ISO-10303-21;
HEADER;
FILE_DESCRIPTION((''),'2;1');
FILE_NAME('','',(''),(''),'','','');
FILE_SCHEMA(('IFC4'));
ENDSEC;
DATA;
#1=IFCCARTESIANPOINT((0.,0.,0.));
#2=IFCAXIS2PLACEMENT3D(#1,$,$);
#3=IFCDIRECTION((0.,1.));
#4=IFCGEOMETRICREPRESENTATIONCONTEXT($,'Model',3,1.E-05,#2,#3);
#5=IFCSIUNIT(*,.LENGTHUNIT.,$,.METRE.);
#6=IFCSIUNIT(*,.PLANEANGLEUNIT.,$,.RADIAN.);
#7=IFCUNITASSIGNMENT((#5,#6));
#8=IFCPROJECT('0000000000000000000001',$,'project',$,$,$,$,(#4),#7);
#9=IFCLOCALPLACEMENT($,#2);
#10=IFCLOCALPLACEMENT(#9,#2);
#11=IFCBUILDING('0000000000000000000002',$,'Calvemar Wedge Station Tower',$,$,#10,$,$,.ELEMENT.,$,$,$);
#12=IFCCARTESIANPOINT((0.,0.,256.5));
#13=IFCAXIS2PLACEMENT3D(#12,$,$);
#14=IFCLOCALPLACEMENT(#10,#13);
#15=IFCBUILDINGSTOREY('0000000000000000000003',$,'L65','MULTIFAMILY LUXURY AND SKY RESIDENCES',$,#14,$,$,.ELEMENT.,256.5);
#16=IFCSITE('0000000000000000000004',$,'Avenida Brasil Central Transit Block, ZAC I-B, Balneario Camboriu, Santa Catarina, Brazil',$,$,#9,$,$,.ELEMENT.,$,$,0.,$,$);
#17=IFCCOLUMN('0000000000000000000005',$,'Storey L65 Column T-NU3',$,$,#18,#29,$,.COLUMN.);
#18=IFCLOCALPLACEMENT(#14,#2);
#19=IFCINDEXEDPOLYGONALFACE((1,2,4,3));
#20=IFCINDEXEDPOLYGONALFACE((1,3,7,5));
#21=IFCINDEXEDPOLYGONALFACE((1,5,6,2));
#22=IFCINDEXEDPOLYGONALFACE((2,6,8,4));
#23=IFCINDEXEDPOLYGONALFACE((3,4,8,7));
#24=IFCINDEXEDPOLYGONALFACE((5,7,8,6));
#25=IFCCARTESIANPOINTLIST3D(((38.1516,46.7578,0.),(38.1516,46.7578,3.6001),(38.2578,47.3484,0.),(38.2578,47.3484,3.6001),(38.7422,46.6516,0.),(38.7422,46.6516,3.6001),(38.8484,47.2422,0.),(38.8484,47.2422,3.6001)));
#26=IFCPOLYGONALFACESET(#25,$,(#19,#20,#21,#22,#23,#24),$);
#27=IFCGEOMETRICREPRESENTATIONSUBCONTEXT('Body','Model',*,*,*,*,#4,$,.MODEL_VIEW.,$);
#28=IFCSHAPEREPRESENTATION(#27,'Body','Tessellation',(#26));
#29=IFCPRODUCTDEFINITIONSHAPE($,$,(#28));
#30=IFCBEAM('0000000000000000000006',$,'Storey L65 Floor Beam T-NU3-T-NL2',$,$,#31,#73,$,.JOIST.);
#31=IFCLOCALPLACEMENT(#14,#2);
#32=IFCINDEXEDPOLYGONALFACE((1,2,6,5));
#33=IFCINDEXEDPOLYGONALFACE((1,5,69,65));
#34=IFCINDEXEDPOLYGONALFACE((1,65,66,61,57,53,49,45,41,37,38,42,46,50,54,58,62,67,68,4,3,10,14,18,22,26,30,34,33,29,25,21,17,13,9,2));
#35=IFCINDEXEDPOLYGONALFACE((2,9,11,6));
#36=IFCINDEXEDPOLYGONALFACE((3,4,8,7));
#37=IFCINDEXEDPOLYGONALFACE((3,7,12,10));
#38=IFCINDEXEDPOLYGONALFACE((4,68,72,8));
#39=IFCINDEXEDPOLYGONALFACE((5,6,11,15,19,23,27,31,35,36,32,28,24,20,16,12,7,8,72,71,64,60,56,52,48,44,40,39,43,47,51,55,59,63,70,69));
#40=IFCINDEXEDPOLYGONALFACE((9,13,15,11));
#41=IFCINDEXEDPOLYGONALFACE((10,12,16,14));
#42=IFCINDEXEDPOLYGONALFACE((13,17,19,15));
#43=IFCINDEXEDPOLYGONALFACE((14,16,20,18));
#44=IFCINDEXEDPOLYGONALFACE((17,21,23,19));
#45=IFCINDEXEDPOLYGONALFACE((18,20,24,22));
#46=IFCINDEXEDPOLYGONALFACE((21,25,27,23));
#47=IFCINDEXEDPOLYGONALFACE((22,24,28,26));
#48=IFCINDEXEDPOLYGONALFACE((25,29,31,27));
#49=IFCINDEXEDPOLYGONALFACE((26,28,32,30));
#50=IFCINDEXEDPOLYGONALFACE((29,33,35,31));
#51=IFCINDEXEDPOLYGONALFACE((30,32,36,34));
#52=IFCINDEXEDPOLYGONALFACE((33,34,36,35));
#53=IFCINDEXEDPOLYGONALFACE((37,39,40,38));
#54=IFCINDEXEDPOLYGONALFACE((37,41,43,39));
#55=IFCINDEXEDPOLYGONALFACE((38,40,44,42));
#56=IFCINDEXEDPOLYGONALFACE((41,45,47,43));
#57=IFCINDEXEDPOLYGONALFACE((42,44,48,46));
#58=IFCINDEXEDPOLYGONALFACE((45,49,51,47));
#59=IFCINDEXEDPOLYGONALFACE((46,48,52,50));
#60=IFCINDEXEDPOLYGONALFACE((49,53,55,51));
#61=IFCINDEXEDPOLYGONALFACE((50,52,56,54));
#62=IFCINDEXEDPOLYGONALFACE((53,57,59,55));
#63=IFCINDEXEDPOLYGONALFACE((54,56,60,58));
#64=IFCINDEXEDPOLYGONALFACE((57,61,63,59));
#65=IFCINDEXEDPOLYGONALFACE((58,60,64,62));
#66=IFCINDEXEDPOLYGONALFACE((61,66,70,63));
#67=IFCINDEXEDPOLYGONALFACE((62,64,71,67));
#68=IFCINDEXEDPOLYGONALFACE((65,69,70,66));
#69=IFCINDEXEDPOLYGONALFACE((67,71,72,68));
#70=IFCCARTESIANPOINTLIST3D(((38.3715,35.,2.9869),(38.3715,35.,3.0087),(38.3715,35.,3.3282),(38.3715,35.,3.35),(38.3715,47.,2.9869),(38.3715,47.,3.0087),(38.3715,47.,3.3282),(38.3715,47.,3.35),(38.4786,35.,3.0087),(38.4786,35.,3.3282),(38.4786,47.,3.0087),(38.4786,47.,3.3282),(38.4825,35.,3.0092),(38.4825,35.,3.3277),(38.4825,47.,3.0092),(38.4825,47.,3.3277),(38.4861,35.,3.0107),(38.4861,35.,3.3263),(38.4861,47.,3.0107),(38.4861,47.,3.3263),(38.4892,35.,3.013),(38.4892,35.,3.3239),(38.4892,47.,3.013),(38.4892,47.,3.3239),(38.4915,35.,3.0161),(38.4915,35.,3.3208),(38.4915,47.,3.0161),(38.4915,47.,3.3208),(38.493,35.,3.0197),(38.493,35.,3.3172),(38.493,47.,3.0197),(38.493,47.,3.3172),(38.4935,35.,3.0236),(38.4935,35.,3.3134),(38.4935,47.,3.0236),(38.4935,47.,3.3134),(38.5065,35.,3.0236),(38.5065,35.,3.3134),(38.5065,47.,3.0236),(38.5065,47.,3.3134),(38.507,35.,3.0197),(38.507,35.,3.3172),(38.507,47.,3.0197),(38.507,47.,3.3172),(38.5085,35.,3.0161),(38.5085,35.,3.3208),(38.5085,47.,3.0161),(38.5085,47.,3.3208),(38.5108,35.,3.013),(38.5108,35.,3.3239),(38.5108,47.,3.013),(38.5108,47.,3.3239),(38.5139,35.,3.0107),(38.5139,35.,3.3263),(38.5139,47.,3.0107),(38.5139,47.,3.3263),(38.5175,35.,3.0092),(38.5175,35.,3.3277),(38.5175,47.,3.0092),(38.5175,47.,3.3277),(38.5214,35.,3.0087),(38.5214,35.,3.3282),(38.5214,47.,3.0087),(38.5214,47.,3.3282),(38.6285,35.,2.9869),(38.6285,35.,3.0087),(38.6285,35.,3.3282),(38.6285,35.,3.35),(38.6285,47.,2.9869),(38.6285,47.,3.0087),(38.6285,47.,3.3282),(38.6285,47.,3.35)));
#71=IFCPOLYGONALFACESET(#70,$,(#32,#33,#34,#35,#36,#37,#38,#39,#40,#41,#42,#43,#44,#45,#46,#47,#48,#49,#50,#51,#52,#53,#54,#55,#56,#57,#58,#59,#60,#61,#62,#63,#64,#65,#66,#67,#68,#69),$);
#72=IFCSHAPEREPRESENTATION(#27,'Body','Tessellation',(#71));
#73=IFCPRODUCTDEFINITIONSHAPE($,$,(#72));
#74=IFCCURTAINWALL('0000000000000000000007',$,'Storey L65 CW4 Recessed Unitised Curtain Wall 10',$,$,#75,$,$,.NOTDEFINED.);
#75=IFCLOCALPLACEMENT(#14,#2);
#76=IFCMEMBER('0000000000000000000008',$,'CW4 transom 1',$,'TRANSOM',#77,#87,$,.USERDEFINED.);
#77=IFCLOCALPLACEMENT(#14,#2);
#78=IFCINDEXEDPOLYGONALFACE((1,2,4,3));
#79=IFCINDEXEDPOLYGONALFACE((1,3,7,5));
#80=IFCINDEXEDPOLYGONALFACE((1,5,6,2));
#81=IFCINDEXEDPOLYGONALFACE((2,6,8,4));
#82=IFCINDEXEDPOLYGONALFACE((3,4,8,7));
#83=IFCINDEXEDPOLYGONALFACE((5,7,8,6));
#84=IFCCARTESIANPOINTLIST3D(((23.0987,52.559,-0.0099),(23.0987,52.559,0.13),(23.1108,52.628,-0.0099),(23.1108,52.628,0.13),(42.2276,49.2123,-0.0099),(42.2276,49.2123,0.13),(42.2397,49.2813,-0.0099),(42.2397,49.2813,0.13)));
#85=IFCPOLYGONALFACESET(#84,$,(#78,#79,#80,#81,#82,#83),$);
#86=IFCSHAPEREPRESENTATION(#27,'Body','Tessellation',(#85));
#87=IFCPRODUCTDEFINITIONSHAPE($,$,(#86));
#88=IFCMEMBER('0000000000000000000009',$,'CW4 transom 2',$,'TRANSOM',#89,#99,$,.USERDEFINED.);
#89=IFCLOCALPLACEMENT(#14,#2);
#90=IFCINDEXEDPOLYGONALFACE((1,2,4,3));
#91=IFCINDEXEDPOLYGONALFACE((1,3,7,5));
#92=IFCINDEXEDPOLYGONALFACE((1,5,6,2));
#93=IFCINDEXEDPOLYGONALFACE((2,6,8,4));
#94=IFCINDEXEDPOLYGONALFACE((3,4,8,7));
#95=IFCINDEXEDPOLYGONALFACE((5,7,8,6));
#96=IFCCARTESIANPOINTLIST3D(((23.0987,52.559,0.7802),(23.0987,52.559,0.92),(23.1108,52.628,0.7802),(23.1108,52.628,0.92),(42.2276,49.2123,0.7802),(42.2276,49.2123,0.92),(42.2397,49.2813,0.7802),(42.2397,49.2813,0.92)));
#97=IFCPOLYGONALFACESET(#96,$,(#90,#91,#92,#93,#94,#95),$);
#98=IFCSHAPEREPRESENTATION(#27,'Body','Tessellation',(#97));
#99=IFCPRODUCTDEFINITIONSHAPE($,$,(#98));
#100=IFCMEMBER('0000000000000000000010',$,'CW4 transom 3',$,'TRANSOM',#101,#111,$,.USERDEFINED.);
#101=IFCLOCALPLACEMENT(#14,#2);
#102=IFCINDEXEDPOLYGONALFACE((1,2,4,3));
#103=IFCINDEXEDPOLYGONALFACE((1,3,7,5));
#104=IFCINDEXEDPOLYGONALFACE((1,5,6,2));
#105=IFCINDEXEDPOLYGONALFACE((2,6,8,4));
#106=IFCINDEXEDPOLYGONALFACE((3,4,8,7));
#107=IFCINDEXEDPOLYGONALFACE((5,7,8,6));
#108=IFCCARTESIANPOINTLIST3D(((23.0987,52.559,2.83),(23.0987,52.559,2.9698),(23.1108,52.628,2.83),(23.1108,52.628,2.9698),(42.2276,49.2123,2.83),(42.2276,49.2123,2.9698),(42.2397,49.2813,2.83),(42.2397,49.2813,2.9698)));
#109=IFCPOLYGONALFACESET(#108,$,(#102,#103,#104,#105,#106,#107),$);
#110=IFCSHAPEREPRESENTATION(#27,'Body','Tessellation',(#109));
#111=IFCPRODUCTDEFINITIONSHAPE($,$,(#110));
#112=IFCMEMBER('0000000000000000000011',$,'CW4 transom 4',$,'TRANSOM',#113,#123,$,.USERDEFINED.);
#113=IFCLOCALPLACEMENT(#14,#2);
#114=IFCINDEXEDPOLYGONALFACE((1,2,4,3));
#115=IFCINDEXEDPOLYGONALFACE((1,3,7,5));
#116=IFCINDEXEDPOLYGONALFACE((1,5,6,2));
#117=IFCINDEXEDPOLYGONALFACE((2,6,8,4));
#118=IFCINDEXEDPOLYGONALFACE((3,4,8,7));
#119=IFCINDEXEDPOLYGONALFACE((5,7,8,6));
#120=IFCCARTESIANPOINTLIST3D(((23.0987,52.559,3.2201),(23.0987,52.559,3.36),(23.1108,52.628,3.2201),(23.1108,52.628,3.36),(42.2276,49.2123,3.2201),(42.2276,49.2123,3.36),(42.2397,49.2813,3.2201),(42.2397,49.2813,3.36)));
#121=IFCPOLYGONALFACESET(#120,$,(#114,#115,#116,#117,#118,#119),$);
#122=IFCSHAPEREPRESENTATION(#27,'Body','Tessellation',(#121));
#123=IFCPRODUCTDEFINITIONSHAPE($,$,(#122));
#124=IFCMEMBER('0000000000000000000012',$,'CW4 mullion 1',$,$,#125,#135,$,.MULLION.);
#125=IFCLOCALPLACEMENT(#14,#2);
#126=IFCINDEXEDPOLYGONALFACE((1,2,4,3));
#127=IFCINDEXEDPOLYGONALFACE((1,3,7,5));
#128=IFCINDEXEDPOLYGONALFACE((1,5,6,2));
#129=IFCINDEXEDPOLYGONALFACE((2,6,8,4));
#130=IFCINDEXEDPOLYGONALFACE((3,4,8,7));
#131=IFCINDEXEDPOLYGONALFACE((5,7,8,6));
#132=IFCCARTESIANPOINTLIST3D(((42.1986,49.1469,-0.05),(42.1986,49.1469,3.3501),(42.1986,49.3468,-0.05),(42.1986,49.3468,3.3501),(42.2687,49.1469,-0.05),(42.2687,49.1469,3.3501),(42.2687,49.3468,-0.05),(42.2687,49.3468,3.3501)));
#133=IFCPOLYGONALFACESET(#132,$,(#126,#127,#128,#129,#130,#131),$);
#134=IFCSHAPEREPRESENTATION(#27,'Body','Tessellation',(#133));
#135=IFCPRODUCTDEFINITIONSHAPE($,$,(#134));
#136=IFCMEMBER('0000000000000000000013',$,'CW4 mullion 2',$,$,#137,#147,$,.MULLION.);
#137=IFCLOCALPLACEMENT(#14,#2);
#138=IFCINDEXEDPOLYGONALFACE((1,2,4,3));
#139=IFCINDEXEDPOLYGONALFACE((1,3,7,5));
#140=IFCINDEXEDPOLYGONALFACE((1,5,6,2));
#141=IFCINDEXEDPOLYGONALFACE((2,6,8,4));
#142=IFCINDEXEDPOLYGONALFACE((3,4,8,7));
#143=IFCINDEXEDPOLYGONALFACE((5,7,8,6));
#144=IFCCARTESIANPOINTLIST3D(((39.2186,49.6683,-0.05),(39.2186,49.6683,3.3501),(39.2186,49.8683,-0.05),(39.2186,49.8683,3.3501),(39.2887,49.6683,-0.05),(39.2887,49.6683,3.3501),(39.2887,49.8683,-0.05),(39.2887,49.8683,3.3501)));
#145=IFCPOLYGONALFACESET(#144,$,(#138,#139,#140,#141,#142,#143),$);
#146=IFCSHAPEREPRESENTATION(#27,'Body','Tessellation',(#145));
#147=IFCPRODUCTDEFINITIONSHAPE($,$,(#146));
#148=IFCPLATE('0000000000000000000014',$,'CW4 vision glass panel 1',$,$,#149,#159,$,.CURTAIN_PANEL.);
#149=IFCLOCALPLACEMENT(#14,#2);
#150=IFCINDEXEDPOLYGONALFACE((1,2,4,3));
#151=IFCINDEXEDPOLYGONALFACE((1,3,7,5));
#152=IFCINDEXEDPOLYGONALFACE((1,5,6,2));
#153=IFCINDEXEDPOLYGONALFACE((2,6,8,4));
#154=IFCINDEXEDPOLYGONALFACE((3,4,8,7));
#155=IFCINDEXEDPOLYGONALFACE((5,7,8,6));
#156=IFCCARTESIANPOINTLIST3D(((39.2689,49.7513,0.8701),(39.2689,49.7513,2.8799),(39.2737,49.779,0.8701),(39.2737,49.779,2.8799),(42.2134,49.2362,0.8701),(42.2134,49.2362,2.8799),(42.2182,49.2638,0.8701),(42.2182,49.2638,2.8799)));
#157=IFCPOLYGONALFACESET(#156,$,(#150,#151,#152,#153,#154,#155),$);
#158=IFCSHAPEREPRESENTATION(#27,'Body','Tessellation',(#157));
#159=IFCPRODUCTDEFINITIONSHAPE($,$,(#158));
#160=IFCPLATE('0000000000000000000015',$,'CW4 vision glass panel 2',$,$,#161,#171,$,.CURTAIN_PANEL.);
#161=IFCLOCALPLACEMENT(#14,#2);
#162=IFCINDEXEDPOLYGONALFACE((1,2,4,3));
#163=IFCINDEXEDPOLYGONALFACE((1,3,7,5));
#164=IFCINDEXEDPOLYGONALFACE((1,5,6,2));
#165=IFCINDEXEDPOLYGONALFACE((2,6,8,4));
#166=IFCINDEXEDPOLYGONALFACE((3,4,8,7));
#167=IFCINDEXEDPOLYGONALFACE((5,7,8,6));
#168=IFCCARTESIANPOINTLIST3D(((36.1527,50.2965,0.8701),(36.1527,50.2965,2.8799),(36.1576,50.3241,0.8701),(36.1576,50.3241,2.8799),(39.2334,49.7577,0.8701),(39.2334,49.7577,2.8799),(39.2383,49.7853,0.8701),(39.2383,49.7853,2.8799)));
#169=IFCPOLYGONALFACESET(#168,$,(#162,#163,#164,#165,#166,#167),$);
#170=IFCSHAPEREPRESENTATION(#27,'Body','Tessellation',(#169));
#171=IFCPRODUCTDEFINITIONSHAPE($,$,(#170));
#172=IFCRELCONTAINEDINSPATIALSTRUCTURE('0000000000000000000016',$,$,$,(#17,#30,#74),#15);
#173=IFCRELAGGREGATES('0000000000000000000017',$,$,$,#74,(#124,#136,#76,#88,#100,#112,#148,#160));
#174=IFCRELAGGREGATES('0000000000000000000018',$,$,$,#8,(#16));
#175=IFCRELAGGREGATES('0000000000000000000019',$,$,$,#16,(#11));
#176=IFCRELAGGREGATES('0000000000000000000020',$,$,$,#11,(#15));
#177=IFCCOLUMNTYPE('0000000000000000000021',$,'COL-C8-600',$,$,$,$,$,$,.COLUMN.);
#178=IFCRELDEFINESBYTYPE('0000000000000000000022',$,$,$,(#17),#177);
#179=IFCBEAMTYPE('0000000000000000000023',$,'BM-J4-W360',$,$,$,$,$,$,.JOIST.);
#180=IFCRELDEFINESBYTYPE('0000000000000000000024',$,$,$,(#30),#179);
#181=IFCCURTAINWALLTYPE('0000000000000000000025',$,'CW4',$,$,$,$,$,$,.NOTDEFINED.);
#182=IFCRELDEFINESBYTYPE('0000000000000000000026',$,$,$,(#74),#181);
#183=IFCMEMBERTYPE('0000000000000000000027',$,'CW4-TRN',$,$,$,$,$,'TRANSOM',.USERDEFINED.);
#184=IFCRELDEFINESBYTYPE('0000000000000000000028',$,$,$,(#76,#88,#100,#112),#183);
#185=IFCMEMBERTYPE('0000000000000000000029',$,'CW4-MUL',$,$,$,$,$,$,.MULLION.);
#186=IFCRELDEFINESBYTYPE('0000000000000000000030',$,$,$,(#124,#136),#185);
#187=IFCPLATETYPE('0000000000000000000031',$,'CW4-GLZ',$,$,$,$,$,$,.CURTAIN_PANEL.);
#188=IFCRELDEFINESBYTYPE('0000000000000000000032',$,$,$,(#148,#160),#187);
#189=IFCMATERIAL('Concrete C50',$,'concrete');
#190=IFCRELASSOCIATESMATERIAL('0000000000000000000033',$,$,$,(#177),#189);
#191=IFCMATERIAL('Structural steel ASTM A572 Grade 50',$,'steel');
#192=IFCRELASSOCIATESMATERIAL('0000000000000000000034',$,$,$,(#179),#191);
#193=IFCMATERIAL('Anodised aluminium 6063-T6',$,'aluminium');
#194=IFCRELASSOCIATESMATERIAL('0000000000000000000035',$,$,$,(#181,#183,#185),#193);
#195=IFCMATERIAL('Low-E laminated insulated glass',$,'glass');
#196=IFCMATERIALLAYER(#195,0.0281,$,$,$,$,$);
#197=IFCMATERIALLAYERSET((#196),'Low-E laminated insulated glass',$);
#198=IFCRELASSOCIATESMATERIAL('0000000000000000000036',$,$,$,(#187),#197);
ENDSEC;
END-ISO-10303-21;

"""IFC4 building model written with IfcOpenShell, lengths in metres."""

from ifc_helpers import new_model, si_unit, direction, frame, frame_2d, origin, origin_2d, place, context, subcontext, project, spatial, rectangle, i_section, extrude, source, transform, mapped, material, layer, layer_set, material_profile, profile_set, type_object, element, aggregate, save


model = new_model("IFC4")

# Units and contexts
model_context = context("Model", 3, precision=1e-05, world=origin(), true_north=direction((0.0, 1.0)))
body_context = subcontext(model_context, "Body", "Model", "MODEL_VIEW")
ifc_project = project(units=[si_unit("LENGTHUNIT", "METRE"), si_unit("PLANEANGLEUNIT", "RADIAN")], contexts=[model_context])

# Site, building, storey
site_placement = place(None, origin())
site = spatial("IfcSite", under=ifc_project, at=site_placement, Name="Avenida Brasil Central Transit Block, ZAC I-B, Balneario Camboriu, Santa Catarina, Brazil", CompositionType="ELEMENT", RefElevation=0.0)
building_placement = place(site_placement, origin())
building = spatial("IfcBuilding", under=site, at=building_placement, Name="Calvemar Wedge Station Tower", CompositionType="ELEMENT")
storey_placement = place(building_placement, frame((0.0, 0.0, 256.5)))
storey = spatial("IfcBuildingStorey", under=building, at=storey_placement, Name="L65", Description="MULTIFAMILY LUXURY AND SKY RESIDENCES", CompositionType="ELEMENT", Elevation=256.5)

# Column
ifc_material_1 = material(Name="Concrete C50", Category="concrete")
ifc_material_profile_1 = material_profile(ifc_material_1, rectangle(XDim=0.6001, YDim=0.6001, at=origin_2d()), Name="RC600x600")
ifc_profile_set_1 = profile_set([ifc_material_profile_1], Name="Concrete C50")
column_type = type_object("IfcColumnType", Name="COL-C8-600", PredefinedType="COLUMN", material=ifc_profile_set_1)
shared_shape_1 = source(origin(), body_context, "Body", "SweptSolid", [
    extrude(rectangle(XDim=0.6001, YDim=0.6001, at=origin_2d()), origin(), (0.0, 0.0, 1.0), 3.6001),
])
column_placement = place(storey_placement, frame((38.5, 47.0, 0.0), z_axis=(0.0, 0.0, 1.0), x_axis=(0.984196, -0.177085, 0.0)))
element("IfcColumn", 1, at=column_placement, inside=storey, type_object=column_type, Name="Storey L65 Column T-NU3", PredefinedType="COLUMN", context=body_context, shape_type="MappedRepresentation", body=[
    mapped(shared_shape_1, transform((0.0, 0.0, 0.0), scale=1.0)),
])

# Beam
ifc_material_2 = material(Name="Structural steel ASTM A572 Grade 50", Category="steel")
ifc_material_profile_2 = material_profile(ifc_material_2, i_section(OverallWidth=0.2571, OverallDepth=0.363, WebThickness=0.0129, FlangeThickness=0.0217, FilletRadius=0.0149, at=origin_2d()), Name="W360x122")
ifc_profile_set_2 = profile_set([ifc_material_profile_2], Name="Structural steel ASTM A572 Grade 50")
beam_type = type_object("IfcBeamType", Name="BM-J4-W360", PredefinedType="JOIST", material=ifc_profile_set_2)
shared_shape_2 = source(origin(), body_context, "Body", "SweptSolid", [
    extrude(i_section(OverallWidth=0.2571, OverallDepth=0.363, WebThickness=0.0129, FlangeThickness=0.0217, FilletRadius=0.0149, at=origin_2d()), origin(), (0.0, 0.0, 1.0), 12.0),
])
beam_placement = place(storey_placement, frame((38.5, 47.0, 3.1685), z_axis=(0.0, -1.0, 0.0), x_axis=(1.0, 0.0, 0.0)))
element("IfcBeam", 2, at=beam_placement, inside=storey, type_object=beam_type, Name="Storey L65 Floor Beam T-NU3-T-NL2", PredefinedType="JOIST", context=body_context, shape_type="MappedRepresentation", body=[
    mapped(shared_shape_2, transform((0.0, 0.0, 0.0), scale=1.0)),
])

# Curtain wall, members, plates
ifc_material_3 = material(Name="Anodised aluminium 6063-T6", Category="aluminium")
curtain_wall_type = type_object("IfcCurtainWallType", Name="CW4", PredefinedType="NOTDEFINED", material=ifc_material_3)
curtain_wall_placement = place(storey_placement, origin())
curtain_wall = element("IfcCurtainWall", 3, at=curtain_wall_placement, inside=storey, type_object=curtain_wall_type, Name="Storey L65 CW4 Recessed Unitised Curtain Wall 10", PredefinedType="NOTDEFINED")
ifc_material_profile_3 = material_profile(ifc_material_3, rectangle(XDim=0.0701, YDim=0.1399, at=origin_2d()), Name="AL-TRN-70x140")
ifc_profile_set_3 = profile_set([ifc_material_profile_3], Name="Anodised aluminium 6063-T6")
member_type_1 = type_object("IfcMemberType", Name="CW4-TRN", ElementType="TRANSOM", PredefinedType="USERDEFINED", material=ifc_profile_set_3)
shared_shape_3 = source(origin(), body_context, "Body", "SweptSolid", [
    extrude(rectangle(XDim=0.0701, YDim=0.1399, at=origin_2d()), origin(), (0.0, 0.0, 1.0), 19.4194),
])
member_1_placement = place(storey_placement, frame((42.2336, 49.2468, 0.0601), z_axis=(-0.985038, 0.172336, 0.0), x_axis=(-0.172336, -0.985038, 0.0)))
member_1 = element("IfcMember", 4, at=member_1_placement, type_object=member_type_1, Name="CW4 transom 1", ObjectType="TRANSOM", PredefinedType="USERDEFINED", context=body_context, shape_type="MappedRepresentation", body=[
    mapped(shared_shape_3, transform((0.0, 0.0, 0.0), scale=1.0)),
])
member_2_placement = place(storey_placement, frame((42.2336, 49.2468, 0.8501), z_axis=(-0.985038, 0.172336, 0.0), x_axis=(-0.172336, -0.985038, 0.0)))
member_2 = element("IfcMember", 5, at=member_2_placement, type_object=member_type_1, Name="CW4 transom 2", ObjectType="TRANSOM", PredefinedType="USERDEFINED", context=body_context, shape_type="MappedRepresentation", body=[
    mapped(shared_shape_3, transform((0.0, 0.0, 0.0), scale=1.0)),
])
member_3_placement = place(storey_placement, frame((42.2336, 49.2468, 2.8999), z_axis=(-0.985038, 0.172336, 0.0), x_axis=(-0.172336, -0.985038, 0.0)))
member_3 = element("IfcMember", 6, at=member_3_placement, type_object=member_type_1, Name="CW4 transom 3", ObjectType="TRANSOM", PredefinedType="USERDEFINED", context=body_context, shape_type="MappedRepresentation", body=[
    mapped(shared_shape_3, transform((0.0, 0.0, 0.0), scale=1.0)),
])
member_4_placement = place(storey_placement, frame((42.2336, 49.2468, 3.29), z_axis=(-0.985038, 0.172336, 0.0), x_axis=(-0.172336, -0.985038, 0.0)))
member_4 = element("IfcMember", 7, at=member_4_placement, type_object=member_type_1, Name="CW4 transom 4", ObjectType="TRANSOM", PredefinedType="USERDEFINED", context=body_context, shape_type="MappedRepresentation", body=[
    mapped(shared_shape_3, transform((0.0, 0.0, 0.0), scale=1.0)),
])
ifc_material_profile_4 = material_profile(ifc_material_3, rectangle(XDim=0.0701, YDim=0.2, at=origin_2d()), Name="AL-MUL-70x200")
ifc_profile_set_4 = profile_set([ifc_material_profile_4], Name="Anodised aluminium 6063-T6")
member_type_2 = type_object("IfcMemberType", Name="CW4-MUL", PredefinedType="MULLION", material=ifc_profile_set_4)
shared_shape_4 = source(origin(), body_context, "Body", "SweptSolid", [
    extrude(rectangle(XDim=0.0701, YDim=0.2, at=origin_2d()), origin(), (0.0, 0.0, 1.0), 3.4001),
])
member_5_placement = place(storey_placement, frame((42.2336, 49.2468, -0.05), z_axis=(0.0, 0.0, 1.0), x_axis=(1.0, 0.0, 0.0)))
member_5 = element("IfcMember", 8, at=member_5_placement, type_object=member_type_2, Name="CW4 mullion 1", PredefinedType="MULLION", context=body_context, shape_type="MappedRepresentation", body=[
    mapped(shared_shape_4, transform((0.0, 0.0, 0.0), scale=1.0)),
])
member_6_placement = place(storey_placement, frame((39.2537, 49.7683, -0.05), z_axis=(0.0, 0.0, 1.0), x_axis=(1.0, 0.0, 0.0)))
member_6 = element("IfcMember", 9, at=member_6_placement, type_object=member_type_2, Name="CW4 mullion 2", PredefinedType="MULLION", context=body_context, shape_type="MappedRepresentation", body=[
    mapped(shared_shape_4, transform((0.0, 0.0, 0.0), scale=1.0)),
])
ifc_material_4 = material(Name="Low-E laminated insulated glass", Category="glass")
ifc_layer_1 = layer(ifc_material_4, 0.0281)
ifc_layer_set_1 = layer_set([ifc_layer_1], Name="Low-E laminated insulated glass")
plate_type_1 = type_object("IfcPlateType", Name="CW4-GLZ", PredefinedType="CURTAIN_PANEL", material=ifc_layer_set_1)
plate_1_placement = place(storey_placement, frame((42.2158, 49.25, 0.8701), z_axis=(0.0, 0.0, 1.0), x_axis=(-0.98504, 0.172327, 0.0)))
plate_1 = element("IfcPlate", 10, at=plate_1_placement, type_object=plate_type_1, Name="CW4 vision glass panel 1", PredefinedType="CURTAIN_PANEL", context=body_context, shape_type="SweptSolid", body=[
    extrude(rectangle(XDim=2.9893, YDim=0.0281, at=frame_2d((1.4946, 0.0))), origin(), (0.0, 0.0, 1.0), 2.0098),
])
plate_2_placement = place(storey_placement, frame((39.2358, 49.7715, 0.8701), z_axis=(0.0, 0.0, 1.0), x_axis=(-0.985046, 0.172293, 0.0)))
plate_2 = element("IfcPlate", 11, at=plate_2_placement, type_object=plate_type_1, Name="CW4 vision glass panel 2", PredefinedType="CURTAIN_PANEL", context=body_context, shape_type="SweptSolid", body=[
    extrude(rectangle(XDim=3.1274, YDim=0.0281, at=frame_2d((1.5637, 0.0))), origin(), (0.0, 0.0, 1.0), 2.0098),
])
aggregate(curtain_wall, [member_5, member_6, member_1, member_2, member_3, member_4, plate_1, plate_2])

save(model, "model.ifc")
